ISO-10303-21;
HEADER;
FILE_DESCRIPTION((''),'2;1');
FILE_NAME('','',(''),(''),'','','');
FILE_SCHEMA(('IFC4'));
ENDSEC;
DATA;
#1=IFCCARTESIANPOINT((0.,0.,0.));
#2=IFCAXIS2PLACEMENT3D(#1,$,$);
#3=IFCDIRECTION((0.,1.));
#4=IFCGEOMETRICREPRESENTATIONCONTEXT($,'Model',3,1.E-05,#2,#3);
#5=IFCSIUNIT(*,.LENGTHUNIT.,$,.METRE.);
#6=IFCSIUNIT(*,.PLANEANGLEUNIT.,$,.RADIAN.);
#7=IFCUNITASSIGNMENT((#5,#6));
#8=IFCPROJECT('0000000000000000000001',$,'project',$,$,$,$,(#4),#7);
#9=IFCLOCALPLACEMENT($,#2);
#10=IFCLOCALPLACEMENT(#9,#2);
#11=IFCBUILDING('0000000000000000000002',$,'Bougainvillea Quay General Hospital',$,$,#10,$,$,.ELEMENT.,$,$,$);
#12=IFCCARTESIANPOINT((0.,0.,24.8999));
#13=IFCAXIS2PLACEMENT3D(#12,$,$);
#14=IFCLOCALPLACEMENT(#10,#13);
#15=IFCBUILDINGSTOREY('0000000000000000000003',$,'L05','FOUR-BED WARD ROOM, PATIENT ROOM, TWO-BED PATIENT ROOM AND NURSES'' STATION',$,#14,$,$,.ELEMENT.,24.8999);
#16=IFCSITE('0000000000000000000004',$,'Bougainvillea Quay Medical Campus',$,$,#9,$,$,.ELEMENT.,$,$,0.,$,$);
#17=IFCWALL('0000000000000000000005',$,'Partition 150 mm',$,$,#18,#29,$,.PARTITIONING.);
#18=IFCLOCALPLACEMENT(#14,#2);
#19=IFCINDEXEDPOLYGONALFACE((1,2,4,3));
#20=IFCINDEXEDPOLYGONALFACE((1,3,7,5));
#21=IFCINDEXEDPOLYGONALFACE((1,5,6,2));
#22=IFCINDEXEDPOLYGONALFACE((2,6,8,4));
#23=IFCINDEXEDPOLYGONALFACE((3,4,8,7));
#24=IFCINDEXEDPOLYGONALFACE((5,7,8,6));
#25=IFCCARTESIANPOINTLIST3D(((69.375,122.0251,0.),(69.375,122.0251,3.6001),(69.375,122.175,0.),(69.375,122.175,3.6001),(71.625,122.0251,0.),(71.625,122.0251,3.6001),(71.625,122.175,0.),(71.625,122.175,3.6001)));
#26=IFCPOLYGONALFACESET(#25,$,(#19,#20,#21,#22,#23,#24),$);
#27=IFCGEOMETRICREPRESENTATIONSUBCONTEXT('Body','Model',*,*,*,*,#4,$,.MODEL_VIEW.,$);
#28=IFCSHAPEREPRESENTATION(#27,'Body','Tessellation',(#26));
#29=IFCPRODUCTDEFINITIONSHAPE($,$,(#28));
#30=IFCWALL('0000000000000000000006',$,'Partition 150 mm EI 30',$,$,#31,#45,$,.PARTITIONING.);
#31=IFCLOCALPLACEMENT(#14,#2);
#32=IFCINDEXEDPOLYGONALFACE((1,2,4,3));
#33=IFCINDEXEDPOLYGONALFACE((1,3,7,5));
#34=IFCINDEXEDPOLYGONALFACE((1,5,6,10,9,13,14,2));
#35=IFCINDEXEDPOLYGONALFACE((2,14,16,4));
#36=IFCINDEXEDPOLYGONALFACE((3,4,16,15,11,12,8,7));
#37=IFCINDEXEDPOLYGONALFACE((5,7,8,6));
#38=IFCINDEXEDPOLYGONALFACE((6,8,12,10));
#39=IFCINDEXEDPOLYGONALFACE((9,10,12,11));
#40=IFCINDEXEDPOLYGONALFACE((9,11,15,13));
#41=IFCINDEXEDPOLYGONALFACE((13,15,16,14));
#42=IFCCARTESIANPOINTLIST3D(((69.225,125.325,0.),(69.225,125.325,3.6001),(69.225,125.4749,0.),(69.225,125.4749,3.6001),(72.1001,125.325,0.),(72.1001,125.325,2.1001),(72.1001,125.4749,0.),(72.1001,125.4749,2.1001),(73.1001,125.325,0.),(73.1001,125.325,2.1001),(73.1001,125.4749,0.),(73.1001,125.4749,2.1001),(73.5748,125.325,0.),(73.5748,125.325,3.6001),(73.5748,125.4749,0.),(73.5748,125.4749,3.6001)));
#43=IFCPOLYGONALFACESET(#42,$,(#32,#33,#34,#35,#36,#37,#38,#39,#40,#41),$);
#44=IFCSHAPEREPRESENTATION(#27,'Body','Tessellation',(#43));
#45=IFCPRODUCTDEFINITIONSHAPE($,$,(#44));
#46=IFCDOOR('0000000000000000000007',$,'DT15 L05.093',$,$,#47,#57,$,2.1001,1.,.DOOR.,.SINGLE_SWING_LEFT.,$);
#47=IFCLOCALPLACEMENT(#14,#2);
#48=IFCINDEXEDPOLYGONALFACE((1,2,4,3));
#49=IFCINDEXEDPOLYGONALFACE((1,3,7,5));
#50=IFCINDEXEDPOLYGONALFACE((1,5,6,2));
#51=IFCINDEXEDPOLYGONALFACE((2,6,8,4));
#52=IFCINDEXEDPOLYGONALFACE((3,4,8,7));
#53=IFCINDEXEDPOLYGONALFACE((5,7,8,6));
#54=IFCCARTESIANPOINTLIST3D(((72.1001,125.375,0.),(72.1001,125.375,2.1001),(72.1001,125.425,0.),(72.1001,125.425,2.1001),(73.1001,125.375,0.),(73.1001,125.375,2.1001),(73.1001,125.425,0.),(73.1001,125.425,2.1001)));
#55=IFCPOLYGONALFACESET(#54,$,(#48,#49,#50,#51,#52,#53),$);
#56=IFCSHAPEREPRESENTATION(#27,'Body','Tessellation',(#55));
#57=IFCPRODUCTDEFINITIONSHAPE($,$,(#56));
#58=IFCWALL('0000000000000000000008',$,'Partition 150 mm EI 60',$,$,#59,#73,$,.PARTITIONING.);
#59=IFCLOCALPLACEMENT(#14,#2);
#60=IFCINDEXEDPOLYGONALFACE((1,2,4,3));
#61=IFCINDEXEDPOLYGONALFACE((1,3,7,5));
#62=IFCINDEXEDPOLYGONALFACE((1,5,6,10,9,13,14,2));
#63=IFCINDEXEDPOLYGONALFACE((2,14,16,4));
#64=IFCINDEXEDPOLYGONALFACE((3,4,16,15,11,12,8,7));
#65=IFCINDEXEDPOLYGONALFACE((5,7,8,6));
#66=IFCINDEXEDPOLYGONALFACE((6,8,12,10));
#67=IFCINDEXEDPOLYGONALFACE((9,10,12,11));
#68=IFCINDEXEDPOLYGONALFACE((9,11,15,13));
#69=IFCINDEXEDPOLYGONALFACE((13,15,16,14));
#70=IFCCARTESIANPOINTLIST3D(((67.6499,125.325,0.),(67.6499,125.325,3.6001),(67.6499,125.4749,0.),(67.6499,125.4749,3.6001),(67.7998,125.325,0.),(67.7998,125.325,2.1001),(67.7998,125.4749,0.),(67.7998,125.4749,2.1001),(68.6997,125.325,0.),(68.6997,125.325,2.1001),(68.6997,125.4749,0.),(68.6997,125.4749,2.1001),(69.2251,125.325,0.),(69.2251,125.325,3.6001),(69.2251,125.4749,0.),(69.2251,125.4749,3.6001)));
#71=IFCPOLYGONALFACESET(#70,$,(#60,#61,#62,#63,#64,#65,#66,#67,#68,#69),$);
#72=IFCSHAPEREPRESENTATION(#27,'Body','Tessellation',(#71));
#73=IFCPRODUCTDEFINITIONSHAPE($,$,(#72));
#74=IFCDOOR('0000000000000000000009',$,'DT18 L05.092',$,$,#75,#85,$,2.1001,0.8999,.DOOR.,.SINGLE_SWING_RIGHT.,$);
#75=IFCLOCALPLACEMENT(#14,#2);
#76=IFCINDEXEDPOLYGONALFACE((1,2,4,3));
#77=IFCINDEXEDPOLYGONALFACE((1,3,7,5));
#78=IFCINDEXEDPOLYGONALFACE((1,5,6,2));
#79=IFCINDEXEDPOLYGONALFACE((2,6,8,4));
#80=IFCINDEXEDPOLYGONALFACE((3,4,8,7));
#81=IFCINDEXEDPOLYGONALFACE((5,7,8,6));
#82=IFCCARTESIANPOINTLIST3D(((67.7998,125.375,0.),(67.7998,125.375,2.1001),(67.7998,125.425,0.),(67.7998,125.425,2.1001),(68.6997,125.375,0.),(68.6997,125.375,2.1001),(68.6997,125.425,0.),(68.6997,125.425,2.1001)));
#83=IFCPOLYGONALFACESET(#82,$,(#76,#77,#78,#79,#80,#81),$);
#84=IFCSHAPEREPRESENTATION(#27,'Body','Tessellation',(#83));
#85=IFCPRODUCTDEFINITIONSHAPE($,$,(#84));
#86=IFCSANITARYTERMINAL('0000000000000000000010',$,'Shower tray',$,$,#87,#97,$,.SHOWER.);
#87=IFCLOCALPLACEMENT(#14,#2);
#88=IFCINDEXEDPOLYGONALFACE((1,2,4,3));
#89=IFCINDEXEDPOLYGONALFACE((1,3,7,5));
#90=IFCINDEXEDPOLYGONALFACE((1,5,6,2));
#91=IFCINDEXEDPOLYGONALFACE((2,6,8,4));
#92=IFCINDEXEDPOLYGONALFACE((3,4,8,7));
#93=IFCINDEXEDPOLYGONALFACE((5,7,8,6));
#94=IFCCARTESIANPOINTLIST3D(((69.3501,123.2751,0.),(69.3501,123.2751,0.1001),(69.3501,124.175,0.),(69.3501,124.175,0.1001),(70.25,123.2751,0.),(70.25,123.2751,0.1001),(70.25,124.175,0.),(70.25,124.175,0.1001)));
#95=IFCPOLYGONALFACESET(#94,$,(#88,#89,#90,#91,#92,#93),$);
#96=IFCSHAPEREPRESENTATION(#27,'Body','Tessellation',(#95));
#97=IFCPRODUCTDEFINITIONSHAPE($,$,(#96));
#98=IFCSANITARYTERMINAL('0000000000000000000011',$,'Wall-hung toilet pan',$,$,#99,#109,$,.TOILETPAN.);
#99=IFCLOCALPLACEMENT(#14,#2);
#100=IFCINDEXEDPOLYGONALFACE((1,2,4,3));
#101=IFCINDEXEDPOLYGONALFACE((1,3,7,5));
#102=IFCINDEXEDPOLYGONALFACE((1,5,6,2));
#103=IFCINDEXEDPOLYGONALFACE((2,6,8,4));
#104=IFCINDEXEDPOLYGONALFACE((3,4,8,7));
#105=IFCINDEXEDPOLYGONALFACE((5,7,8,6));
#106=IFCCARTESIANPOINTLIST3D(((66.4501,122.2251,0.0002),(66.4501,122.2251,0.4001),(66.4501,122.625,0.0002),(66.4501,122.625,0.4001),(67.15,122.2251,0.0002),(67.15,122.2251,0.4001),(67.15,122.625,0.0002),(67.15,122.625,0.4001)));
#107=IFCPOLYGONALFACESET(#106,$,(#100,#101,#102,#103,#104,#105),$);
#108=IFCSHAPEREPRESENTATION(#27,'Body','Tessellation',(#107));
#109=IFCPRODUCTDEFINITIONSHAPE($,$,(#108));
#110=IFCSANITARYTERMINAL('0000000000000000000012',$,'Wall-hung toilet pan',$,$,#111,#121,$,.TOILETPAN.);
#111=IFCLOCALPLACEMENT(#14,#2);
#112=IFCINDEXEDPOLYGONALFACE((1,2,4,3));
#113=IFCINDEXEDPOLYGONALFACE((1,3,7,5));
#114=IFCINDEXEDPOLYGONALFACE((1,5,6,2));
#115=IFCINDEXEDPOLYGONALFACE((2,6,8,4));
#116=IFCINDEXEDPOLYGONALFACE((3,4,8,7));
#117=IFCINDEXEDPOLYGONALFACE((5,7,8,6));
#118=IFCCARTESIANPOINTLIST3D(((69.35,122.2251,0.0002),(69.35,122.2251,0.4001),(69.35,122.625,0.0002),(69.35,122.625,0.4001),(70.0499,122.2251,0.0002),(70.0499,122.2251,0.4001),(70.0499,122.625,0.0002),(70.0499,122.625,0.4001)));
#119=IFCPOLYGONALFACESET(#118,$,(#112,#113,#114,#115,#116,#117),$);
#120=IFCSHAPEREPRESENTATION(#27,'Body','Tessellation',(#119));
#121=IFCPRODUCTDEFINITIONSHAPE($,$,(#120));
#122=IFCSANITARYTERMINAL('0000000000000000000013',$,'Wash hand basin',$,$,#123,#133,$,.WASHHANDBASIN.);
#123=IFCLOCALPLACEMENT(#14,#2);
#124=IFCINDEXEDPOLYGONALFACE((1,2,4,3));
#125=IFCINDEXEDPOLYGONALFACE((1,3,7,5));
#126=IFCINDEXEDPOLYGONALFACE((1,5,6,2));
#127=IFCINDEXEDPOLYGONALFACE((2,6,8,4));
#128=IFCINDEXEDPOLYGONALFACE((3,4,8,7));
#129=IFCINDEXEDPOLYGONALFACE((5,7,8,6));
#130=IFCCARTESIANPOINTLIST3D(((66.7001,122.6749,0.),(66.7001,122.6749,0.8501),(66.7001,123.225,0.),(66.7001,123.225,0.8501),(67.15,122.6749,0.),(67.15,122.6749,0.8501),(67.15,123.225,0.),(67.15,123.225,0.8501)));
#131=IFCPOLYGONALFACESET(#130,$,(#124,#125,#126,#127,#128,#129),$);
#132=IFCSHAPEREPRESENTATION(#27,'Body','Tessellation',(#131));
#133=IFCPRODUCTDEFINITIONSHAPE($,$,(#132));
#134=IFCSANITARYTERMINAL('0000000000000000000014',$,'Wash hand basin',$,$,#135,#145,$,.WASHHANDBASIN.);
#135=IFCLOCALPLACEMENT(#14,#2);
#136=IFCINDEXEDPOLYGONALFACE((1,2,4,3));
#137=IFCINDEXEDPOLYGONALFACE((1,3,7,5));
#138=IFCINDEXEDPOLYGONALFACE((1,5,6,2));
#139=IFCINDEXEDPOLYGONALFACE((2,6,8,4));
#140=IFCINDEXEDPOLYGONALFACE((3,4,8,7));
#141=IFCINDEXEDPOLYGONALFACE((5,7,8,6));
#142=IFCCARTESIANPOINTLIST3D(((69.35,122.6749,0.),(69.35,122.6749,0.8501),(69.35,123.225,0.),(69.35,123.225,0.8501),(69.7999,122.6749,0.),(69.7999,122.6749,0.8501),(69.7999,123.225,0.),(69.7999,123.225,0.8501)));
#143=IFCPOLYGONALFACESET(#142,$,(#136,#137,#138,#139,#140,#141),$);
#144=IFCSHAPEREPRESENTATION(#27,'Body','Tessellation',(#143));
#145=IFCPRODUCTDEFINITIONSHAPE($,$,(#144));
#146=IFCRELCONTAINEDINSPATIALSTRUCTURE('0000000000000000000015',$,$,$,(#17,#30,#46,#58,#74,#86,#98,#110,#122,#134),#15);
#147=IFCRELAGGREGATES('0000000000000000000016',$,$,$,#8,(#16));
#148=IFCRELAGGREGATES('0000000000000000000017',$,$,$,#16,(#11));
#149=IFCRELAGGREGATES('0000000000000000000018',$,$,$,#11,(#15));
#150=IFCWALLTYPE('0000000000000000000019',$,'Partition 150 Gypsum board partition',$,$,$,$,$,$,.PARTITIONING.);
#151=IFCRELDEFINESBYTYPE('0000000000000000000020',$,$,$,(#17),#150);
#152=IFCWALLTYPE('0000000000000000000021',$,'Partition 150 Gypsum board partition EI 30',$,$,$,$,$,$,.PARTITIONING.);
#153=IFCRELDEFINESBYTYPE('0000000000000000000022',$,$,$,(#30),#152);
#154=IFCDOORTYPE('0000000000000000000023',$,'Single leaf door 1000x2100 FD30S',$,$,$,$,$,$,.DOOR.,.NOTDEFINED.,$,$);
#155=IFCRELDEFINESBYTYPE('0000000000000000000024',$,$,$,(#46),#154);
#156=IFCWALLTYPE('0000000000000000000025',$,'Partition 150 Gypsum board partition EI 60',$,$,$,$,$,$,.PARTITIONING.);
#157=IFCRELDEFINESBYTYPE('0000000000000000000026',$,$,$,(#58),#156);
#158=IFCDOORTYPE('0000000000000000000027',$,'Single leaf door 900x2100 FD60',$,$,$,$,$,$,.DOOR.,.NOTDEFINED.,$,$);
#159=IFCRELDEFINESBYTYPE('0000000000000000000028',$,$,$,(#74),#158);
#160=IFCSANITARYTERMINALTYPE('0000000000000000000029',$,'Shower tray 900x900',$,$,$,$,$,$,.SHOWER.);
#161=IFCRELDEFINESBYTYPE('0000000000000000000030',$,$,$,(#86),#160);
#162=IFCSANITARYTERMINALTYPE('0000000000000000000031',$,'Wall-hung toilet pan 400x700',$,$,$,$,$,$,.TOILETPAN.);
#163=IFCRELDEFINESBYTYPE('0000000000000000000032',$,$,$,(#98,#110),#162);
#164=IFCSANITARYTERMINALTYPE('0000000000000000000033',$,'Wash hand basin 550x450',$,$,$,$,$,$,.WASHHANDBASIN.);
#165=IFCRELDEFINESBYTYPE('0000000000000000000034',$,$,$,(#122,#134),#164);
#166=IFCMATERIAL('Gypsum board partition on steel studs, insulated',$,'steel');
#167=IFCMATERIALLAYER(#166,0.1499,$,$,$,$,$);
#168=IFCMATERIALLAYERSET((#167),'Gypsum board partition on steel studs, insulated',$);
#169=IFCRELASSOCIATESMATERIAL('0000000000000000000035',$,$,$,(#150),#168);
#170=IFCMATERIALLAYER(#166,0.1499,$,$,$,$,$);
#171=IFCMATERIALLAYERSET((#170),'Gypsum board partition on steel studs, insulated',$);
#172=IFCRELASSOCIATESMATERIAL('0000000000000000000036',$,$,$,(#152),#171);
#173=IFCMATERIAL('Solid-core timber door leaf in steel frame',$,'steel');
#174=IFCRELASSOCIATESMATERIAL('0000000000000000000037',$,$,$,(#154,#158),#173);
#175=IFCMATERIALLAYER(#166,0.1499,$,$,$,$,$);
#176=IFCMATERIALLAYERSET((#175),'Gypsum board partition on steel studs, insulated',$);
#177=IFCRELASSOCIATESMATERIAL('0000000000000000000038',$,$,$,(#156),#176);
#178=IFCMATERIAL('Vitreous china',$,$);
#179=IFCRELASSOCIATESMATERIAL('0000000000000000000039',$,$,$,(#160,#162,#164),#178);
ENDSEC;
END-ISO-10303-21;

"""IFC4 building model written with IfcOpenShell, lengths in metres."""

from ifc_helpers import new_model, si_unit, direction, frame, frame_2d, origin, origin_2d, place, context, subcontext, project, spatial, rectangle, extrude, material, layer, layer_set, type_object, element, fill, save


model = new_model("IFC4")

# Units and contexts
model_context = context("Model", 3, precision=1e-05, world=origin(), true_north=direction((0.0, 1.0)))
body_context = subcontext(model_context, "Body", "Model", "MODEL_VIEW")
ifc_project = project(units=[si_unit("LENGTHUNIT", "METRE"), si_unit("PLANEANGLEUNIT", "RADIAN")], contexts=[model_context])

# Site, building, storey
site_placement = place(None, origin())
site = spatial("IfcSite", under=ifc_project, at=site_placement, Name="Bougainvillea Quay Medical Campus", CompositionType="ELEMENT", RefElevation=0.0)
building_placement = place(site_placement, origin())
building = spatial("IfcBuilding", under=site, at=building_placement, Name="Bougainvillea Quay General Hospital", CompositionType="ELEMENT")
storey_placement = place(building_placement, frame((0.0, 0.0, 24.8999)))
storey = spatial("IfcBuildingStorey", under=building, at=storey_placement, Name="L05", Description="FOUR-BED WARD ROOM, PATIENT ROOM, TWO-BED PATIENT ROOM AND NURSES' STATION", CompositionType="ELEMENT", Elevation=24.8999)

# Wall
ifc_material_1 = material(Name="Gypsum board partition on steel studs, insulated", Category="steel")
ifc_layer_1 = layer(ifc_material_1, 0.1499)
ifc_layer_set_1 = layer_set([ifc_layer_1], Name="Gypsum board partition on steel studs, insulated")
wall_type_1 = type_object("IfcWallType", Name="Partition 150 Gypsum board partition", PredefinedType="PARTITIONING", material=ifc_layer_set_1)
wall_1_placement = place(storey_placement, frame((69.375, 122.1001, 0.0), z_axis=(0.0, 0.0, 1.0), x_axis=(1.0, 0.0, 0.0)))
element("IfcWall", 1, at=wall_1_placement, inside=storey, type_object=wall_type_1, Name="Partition 150 mm", PredefinedType="PARTITIONING", context=body_context, shape_type="SweptSolid", body=[
    extrude(rectangle(XDim=2.25, YDim=0.1499, at=frame_2d((1.125, 0.0))), origin(), (0.0, 0.0, 1.0), 3.6001),
])

# Walls, openings, doors
ifc_layer_2 = layer(ifc_material_1, 0.1499)
ifc_layer_set_2 = layer_set([ifc_layer_2], Name="Gypsum board partition on steel studs, insulated")
wall_type_2 = type_object("IfcWallType", Name="Partition 150 Gypsum board partition EI 30", PredefinedType="PARTITIONING", material=ifc_layer_set_2)
wall_2_placement = place(storey_placement, frame((69.2251, 125.3999, 0.0), z_axis=(0.0, 0.0, 1.0), x_axis=(1.0, 0.0, 0.0)))
wall_2 = element("IfcWall", 2, at=wall_2_placement, inside=storey, type_object=wall_type_2, Name="Partition 150 mm EI 30", PredefinedType="PARTITIONING", context=body_context, shape_type="SweptSolid", body=[
    extrude(rectangle(XDim=4.3499, YDim=0.1499, at=frame_2d((2.1748, 0.0))), origin(), (0.0, 0.0, 1.0), 3.6001),
])
opening_1_placement = place(wall_2_placement, frame((2.875, 0.0, 0.0)))
opening_1 = element("IfcOpeningElement", 3, at=opening_1_placement, cuts=wall_2, PredefinedType="OPENING", context=body_context, shape_type="SweptSolid", body=[
    extrude(rectangle(XDim=1.0, YDim=2.1001, at=frame_2d((0.5, 1.05))), frame((0.0, 0.085, 0.0), z_axis=(0.0, -1.0, 0.0), x_axis=(1.0, 0.0, 0.0)), (0.0, 0.0, 1.0), 0.1699),
])
ifc_material_2 = material(Name="Solid-core timber door leaf in steel frame", Category="steel")
door_type_1 = type_object("IfcDoorType", Name="Single leaf door 1000x2100 FD30S", OperationType="NOTDEFINED", PredefinedType="DOOR", material=ifc_material_2)
door_1_placement = place(opening_1_placement, frame((1.0, 0.0, 0.0), z_axis=(0.0, 0.0, 1.0), x_axis=(-1.0, 0.0, 0.0)))
door_1 = element("IfcDoor", 4, at=door_1_placement, inside=storey, type_object=door_type_1, Name="DT15 L05.093", OperationType="SINGLE_SWING_LEFT", OverallHeight=2.1001, OverallWidth=1.0, PredefinedType="DOOR", context=body_context, shape_type="SweptSolid", body=[
    extrude(rectangle(XDim=1.0, YDim=2.1001, at=frame_2d((0.5, 1.05))), frame((0.0, 0.0249, 0.0), z_axis=(0.0, -1.0, 0.0), x_axis=(1.0, 0.0, 0.0)), (0.0, 0.0, 1.0), 0.05),
])
fill(opening_1, door_1)
ifc_layer_3 = layer(ifc_material_1, 0.1499)
ifc_layer_set_3 = layer_set([ifc_layer_3], Name="Gypsum board partition on steel studs, insulated")
wall_type_3 = type_object("IfcWallType", Name="Partition 150 Gypsum board partition EI 60", PredefinedType="PARTITIONING", material=ifc_layer_set_3)
wall_3_placement = place(storey_placement, frame((67.6499, 125.3999, 0.0), z_axis=(0.0, 0.0, 1.0), x_axis=(1.0, 0.0, 0.0)))
wall_3 = element("IfcWall", 5, at=wall_3_placement, inside=storey, type_object=wall_type_3, Name="Partition 150 mm EI 60", PredefinedType="PARTITIONING", context=body_context, shape_type="SweptSolid", body=[
    extrude(rectangle(XDim=1.5752, YDim=0.1499, at=frame_2d((0.7876, 0.0))), origin(), (0.0, 0.0, 1.0), 3.6001),
])
opening_2_placement = place(wall_3_placement, frame((0.1499, 0.0, 0.0)))
opening_2 = element("IfcOpeningElement", 6, at=opening_2_placement, cuts=wall_3, PredefinedType="OPENING", context=body_context, shape_type="SweptSolid", body=[
    extrude(rectangle(XDim=0.8999, YDim=2.1001, at=frame_2d((0.45, 1.05))), frame((0.0, 0.085, 0.0), z_axis=(0.0, -1.0, 0.0), x_axis=(1.0, 0.0, 0.0)), (0.0, 0.0, 1.0), 0.1699),
])
door_type_2 = type_object("IfcDoorType", Name="Single leaf door 900x2100 FD60", OperationType="NOTDEFINED", PredefinedType="DOOR", material=ifc_material_2)
door_2_placement = place(opening_2_placement, frame((0.8999, 0.0, 0.0), z_axis=(0.0, 0.0, 1.0), x_axis=(-1.0, 0.0, 0.0)))
door_2 = element("IfcDoor", 7, at=door_2_placement, inside=storey, type_object=door_type_2, Name="DT18 L05.092", OperationType="SINGLE_SWING_RIGHT", OverallHeight=2.1001, OverallWidth=0.8999, PredefinedType="DOOR", context=body_context, shape_type="SweptSolid", body=[
    extrude(rectangle(XDim=0.8999, YDim=2.1001, at=frame_2d((0.45, 1.05))), frame((0.0, 0.0249, 0.0), z_axis=(0.0, -1.0, 0.0), x_axis=(1.0, 0.0, 0.0)), (0.0, 0.0, 1.0), 0.05),
])
fill(opening_2, door_2)

# Sanitary terminals
ifc_material_3 = material(Name="Vitreous china")
sanitary_terminal_type_1 = type_object("IfcSanitaryTerminalType", Name="Shower tray 900x900", PredefinedType="SHOWER", material=ifc_material_3)
sanitary_terminal_placement = place(storey_placement, frame((69.8, 123.7251, 0.0), z_axis=(0.0, 0.0, 1.0), x_axis=(0.0, 1.0, 0.0)))
element("IfcSanitaryTerminal", 8, at=sanitary_terminal_placement, inside=storey, type_object=sanitary_terminal_type_1, Name="Shower tray", PredefinedType="SHOWER", context=body_context, shape_type="SweptSolid", body=[
    extrude(rectangle(XDim=0.8999, YDim=0.8999, at=origin_2d()), origin(), (0.0, 0.0, 1.0), 0.1001),
])
sanitary_terminal_type_2 = type_object("IfcSanitaryTerminalType", Name="Wall-hung toilet pan 400x700", PredefinedType="TOILETPAN", material=ifc_material_3)
for number, where, z_axis, x_axis, name in (
    (9, (66.8, 122.425, 0.0002), (0.0, 0.0, 1.0), (0.0, -1.0, 0.0), "Wall-hung toilet pan"),
    (10, (69.7, 122.425, 0.0002), (0.0, 0.0, 1.0), (0.0, 1.0, 0.0), "Wall-hung toilet pan"),
):
    element("IfcSanitaryTerminal", number, at=place(storey_placement, frame(where, z_axis=z_axis, x_axis=x_axis)), inside=storey, type_object=sanitary_terminal_type_2, Name=name, PredefinedType="TOILETPAN", context=body_context, shape_type="SweptSolid", body=[
        extrude(rectangle(XDim=0.3999, YDim=0.7, at=origin_2d()), origin(), (0.0, 0.0, 1.0), 0.3999),
    ])
sanitary_terminal_type_3 = type_object("IfcSanitaryTerminalType", Name="Wash hand basin 550x450", PredefinedType="WASHHANDBASIN", material=ifc_material_3)
for number, where, z_axis, x_axis, name in (
    (11, (66.925, 122.95, 0.0), (0.0, 0.0, 1.0), (0.0, -1.0, 0.0), "Wash hand basin"),
    (12, (69.575, 122.95, 0.0), (0.0, 0.0, 1.0), (0.0, 1.0, 0.0), "Wash hand basin"),
):
    element("IfcSanitaryTerminal", number, at=place(storey_placement, frame(where, z_axis=z_axis, x_axis=x_axis)), inside=storey, type_object=sanitary_terminal_type_3, Name=name, PredefinedType="WASHHANDBASIN", context=body_context, shape_type="SweptSolid", body=[
        extrude(rectangle(XDim=0.55, YDim=0.45, at=origin_2d()), origin(), (0.0, 0.0, 1.0), 0.8501),
    ])

save(model, "model.ifc")
